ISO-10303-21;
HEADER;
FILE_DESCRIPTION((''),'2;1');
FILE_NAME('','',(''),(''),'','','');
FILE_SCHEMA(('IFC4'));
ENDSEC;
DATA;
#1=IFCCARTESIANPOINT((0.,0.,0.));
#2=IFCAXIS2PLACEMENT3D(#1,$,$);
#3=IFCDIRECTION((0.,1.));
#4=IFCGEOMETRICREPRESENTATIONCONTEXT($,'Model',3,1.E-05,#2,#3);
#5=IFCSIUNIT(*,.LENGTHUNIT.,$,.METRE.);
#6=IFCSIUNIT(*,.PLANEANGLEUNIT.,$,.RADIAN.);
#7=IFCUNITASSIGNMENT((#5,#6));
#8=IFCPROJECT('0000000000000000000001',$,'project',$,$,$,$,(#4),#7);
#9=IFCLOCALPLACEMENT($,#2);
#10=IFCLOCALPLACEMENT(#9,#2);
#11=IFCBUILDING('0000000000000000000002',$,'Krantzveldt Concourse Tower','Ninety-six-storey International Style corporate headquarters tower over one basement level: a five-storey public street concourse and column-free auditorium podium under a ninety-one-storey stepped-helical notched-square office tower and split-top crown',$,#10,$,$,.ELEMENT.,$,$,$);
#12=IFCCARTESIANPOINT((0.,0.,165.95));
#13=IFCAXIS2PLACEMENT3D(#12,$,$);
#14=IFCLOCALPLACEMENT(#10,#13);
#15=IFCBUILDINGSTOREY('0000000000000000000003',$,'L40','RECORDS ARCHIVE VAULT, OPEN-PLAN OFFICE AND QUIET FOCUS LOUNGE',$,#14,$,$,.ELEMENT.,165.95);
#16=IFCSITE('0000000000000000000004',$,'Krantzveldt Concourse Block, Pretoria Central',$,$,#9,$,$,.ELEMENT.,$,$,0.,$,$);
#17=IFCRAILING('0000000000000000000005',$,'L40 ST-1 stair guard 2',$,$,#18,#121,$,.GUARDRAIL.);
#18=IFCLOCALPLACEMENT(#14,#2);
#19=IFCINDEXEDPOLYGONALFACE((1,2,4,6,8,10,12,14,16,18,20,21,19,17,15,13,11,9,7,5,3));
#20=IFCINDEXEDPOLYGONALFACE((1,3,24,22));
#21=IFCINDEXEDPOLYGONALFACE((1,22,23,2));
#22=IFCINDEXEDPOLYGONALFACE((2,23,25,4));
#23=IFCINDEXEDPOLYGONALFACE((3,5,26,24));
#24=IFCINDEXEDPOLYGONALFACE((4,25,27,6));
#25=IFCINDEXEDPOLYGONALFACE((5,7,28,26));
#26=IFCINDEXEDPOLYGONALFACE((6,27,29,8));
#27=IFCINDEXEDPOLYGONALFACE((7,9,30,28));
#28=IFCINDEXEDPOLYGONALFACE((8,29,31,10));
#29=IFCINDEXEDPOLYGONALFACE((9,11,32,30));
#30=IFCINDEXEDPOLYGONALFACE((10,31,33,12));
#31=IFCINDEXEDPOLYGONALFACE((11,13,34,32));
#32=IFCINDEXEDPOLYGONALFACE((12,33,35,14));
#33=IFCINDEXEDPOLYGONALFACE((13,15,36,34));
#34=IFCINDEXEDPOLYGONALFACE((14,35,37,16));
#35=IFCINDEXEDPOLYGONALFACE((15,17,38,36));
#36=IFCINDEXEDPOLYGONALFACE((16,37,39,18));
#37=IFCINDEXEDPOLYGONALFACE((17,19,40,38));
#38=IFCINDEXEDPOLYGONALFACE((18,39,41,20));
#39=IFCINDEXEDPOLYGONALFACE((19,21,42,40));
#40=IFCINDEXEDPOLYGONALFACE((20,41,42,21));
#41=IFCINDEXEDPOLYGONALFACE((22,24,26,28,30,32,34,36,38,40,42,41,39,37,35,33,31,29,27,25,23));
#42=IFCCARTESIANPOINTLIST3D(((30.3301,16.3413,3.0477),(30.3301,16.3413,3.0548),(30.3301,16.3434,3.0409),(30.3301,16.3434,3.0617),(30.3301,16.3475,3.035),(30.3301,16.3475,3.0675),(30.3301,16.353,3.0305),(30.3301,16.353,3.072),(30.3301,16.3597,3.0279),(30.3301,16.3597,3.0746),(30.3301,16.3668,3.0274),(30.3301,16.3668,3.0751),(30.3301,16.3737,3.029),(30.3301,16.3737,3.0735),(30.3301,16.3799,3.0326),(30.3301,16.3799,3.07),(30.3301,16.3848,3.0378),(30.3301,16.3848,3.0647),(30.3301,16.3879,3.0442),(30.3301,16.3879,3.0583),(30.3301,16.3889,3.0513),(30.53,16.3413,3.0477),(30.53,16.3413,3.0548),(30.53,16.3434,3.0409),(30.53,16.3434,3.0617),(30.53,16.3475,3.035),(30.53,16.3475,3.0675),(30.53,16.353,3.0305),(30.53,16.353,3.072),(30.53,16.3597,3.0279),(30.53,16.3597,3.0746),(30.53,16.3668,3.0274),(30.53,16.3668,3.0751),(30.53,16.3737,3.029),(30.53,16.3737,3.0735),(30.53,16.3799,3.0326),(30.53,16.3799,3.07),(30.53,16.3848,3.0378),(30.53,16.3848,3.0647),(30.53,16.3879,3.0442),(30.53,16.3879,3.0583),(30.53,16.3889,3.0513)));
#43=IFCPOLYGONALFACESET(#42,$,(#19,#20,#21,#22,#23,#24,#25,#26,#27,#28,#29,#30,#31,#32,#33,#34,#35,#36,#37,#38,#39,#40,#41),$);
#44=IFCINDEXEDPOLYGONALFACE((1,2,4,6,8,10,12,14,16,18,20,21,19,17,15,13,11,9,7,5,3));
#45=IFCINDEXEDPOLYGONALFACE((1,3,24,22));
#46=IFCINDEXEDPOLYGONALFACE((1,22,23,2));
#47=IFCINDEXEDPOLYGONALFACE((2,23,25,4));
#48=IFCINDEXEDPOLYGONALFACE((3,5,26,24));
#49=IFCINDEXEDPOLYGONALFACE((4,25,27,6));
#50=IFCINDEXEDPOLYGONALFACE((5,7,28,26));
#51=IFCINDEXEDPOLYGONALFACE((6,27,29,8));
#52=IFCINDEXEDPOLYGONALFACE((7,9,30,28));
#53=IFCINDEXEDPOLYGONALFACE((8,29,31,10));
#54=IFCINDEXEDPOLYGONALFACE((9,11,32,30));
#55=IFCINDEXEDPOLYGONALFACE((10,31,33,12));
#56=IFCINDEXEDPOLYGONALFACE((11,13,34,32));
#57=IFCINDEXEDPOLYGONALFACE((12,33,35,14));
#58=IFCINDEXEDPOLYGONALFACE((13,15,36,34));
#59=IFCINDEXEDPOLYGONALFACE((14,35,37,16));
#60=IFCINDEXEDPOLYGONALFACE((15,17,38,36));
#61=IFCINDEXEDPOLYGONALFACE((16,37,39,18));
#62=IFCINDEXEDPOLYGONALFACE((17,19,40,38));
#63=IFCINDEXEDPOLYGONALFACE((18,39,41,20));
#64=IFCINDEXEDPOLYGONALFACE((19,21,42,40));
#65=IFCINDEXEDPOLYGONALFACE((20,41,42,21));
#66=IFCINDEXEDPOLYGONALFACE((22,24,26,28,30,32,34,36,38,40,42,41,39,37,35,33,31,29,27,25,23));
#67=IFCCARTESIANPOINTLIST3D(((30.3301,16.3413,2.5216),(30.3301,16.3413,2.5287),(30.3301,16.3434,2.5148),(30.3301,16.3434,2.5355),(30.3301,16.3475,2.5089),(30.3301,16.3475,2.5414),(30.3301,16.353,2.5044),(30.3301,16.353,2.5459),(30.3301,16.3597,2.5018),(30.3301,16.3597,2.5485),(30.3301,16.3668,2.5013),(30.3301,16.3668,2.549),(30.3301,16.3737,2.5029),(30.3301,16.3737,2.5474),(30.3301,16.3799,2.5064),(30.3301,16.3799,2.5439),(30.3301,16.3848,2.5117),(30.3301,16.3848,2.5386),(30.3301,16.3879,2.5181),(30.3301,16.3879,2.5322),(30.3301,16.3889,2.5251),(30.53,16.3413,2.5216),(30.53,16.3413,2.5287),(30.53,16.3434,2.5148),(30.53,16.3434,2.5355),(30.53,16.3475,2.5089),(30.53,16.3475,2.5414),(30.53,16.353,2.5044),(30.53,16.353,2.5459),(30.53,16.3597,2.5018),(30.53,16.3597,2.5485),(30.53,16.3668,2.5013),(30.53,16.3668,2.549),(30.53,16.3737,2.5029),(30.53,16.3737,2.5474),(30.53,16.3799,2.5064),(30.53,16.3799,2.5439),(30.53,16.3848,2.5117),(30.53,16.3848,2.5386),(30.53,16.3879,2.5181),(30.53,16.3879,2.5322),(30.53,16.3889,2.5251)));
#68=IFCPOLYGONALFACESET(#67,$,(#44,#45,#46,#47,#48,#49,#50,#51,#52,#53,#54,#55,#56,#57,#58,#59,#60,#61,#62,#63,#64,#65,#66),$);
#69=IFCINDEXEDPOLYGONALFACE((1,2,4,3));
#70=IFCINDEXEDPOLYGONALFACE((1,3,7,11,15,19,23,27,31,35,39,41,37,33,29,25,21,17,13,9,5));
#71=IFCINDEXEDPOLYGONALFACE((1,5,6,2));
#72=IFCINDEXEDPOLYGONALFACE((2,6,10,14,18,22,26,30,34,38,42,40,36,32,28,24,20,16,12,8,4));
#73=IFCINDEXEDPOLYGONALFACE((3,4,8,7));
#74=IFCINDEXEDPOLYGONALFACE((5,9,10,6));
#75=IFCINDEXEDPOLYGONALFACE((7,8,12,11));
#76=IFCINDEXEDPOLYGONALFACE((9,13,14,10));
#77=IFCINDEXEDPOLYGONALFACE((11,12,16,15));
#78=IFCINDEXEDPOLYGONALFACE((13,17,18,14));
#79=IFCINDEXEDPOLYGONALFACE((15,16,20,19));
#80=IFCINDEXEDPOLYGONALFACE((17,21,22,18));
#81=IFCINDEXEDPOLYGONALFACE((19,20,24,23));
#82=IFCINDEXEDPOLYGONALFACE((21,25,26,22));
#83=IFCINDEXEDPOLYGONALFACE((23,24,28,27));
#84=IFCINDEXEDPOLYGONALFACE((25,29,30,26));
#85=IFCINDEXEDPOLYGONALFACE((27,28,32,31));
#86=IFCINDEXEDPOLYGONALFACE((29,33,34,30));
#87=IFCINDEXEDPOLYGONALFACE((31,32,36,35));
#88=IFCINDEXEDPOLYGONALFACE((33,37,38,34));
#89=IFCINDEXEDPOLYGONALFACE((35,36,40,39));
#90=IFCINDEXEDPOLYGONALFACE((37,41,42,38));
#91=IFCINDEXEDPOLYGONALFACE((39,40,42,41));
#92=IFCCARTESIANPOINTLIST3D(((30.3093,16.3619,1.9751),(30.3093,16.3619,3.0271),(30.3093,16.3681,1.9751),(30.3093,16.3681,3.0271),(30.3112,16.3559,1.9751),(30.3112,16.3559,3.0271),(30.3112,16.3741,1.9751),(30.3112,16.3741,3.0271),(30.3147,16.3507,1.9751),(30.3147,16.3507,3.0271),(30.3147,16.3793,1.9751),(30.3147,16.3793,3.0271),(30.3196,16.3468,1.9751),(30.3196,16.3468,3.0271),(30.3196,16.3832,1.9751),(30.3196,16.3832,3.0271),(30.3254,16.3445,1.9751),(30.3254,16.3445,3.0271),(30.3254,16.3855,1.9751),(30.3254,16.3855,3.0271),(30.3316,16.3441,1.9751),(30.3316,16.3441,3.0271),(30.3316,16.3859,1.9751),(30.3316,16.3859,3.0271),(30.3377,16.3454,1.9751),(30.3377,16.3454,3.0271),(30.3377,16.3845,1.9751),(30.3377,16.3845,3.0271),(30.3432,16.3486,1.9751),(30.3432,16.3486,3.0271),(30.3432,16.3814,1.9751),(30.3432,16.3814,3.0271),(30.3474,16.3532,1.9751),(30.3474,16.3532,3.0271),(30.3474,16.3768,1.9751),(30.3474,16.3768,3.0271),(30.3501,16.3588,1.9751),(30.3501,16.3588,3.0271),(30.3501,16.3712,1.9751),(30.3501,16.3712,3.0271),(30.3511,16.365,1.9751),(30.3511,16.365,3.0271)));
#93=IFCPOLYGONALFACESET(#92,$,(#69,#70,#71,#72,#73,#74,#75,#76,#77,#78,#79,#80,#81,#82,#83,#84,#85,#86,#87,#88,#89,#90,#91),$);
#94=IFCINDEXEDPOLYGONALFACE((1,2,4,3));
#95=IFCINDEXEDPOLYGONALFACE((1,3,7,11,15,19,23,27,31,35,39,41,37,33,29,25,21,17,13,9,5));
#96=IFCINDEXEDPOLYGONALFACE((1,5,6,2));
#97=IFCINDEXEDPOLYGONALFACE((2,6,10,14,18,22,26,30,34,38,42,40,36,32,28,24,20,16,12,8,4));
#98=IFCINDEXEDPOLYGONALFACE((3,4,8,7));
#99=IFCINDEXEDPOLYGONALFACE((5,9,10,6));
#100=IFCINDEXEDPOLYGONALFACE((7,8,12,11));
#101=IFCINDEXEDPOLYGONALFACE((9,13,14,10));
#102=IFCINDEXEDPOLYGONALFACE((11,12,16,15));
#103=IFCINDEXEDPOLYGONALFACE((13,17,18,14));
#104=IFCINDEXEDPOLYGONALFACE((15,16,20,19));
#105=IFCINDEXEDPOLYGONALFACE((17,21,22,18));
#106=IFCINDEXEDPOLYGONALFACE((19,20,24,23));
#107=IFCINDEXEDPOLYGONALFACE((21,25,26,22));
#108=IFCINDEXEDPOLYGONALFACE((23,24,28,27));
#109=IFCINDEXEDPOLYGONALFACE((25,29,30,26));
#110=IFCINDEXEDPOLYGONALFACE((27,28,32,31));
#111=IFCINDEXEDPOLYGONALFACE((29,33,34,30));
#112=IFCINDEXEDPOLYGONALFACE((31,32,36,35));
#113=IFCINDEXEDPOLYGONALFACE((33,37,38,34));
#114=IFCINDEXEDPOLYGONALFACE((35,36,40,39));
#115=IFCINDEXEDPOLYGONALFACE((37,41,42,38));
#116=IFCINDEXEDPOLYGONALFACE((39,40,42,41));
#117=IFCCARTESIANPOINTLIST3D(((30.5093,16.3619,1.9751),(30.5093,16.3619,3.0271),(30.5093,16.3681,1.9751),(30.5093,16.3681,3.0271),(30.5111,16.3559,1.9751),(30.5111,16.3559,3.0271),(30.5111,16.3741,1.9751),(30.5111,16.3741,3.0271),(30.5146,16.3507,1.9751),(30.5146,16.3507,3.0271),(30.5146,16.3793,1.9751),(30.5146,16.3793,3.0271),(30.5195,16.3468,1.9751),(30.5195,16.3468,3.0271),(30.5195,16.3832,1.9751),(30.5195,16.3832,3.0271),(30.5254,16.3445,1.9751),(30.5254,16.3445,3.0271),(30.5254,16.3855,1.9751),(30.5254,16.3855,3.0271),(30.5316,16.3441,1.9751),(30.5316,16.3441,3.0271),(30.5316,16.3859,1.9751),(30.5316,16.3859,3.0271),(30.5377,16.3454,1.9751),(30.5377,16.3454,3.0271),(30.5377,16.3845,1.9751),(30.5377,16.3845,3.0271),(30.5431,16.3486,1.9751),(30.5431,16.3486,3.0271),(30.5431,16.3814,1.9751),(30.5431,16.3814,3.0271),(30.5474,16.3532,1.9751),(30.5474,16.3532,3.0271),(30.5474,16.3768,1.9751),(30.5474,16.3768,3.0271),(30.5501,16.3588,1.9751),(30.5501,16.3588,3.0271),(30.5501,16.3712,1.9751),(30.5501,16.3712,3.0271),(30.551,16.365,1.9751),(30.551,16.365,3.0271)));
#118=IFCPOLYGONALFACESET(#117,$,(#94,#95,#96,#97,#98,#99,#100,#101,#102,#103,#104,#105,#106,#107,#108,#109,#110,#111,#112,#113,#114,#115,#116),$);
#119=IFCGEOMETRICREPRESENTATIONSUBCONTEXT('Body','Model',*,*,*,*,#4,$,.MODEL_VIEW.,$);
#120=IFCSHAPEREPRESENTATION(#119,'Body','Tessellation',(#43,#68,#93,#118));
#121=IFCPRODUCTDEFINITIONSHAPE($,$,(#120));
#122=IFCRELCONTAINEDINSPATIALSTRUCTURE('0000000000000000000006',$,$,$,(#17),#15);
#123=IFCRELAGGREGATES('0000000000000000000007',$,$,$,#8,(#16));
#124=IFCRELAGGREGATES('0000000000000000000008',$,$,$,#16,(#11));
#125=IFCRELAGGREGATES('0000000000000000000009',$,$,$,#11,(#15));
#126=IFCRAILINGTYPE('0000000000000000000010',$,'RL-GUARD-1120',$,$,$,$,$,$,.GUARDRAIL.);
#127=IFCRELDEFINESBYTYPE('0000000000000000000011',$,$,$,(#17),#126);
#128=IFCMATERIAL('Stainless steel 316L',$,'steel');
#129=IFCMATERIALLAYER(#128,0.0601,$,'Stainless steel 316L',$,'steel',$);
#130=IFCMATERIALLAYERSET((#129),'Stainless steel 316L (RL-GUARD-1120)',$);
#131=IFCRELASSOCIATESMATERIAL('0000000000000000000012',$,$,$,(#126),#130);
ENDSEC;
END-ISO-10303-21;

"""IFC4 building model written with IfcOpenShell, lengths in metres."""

from ifc_helpers import new_model, si_unit, direction, frame, origin, origin_2d, place, context, subcontext, project, spatial, circle, extrude, material, layer, layer_set, type_object, element, save


model = new_model("IFC4")

# Units and contexts
model_context = context("Model", 3, precision=1e-05, world=origin(), true_north=direction((0.0, 1.0)))
body_context = subcontext(model_context, "Body", "Model", "MODEL_VIEW")
ifc_project = project(units=[si_unit("LENGTHUNIT", "METRE"), si_unit("PLANEANGLEUNIT", "RADIAN")], contexts=[model_context])

# Site, building, storey
site_placement = place(None, origin())
site = spatial("IfcSite", under=ifc_project, at=site_placement, Name="Krantzveldt Concourse Block, Pretoria Central", CompositionType="ELEMENT", RefElevation=0.0)
building_placement = place(site_placement, origin())
building = spatial("IfcBuilding", under=site, at=building_placement, Name="Krantzveldt Concourse Tower", Description="Ninety-six-storey International Style corporate headquarters tower over one basement level: a five-storey public street concourse and column-free auditorium podium under a ninety-one-storey stepped-helical notched-square office tower and split-top crown", CompositionType="ELEMENT")
storey_placement = place(building_placement, frame((0.0, 0.0, 165.95)))
storey = spatial("IfcBuildingStorey", under=building, at=storey_placement, Name="L40", Description="RECORDS ARCHIVE VAULT, OPEN-PLAN OFFICE AND QUIET FOCUS LOUNGE", CompositionType="ELEMENT", Elevation=165.95)

# Railing
ifc_material_1 = material(Name="Stainless steel 316L", Category="steel")
ifc_layer_1 = layer(ifc_material_1, 0.0601, Name="Stainless steel 316L", Category="steel")
ifc_layer_set_1 = layer_set([ifc_layer_1], Name="Stainless steel 316L (RL-GUARD-1120)")
railing_type_1 = type_object("IfcRailingType", Name="RL-GUARD-1120", PredefinedType="GUARDRAIL", material=ifc_layer_set_1)
railing_1_placement = place(storey_placement, frame((30.3301, 16.365, 1.9751)))
element("IfcRailing", 1, at=railing_1_placement, inside=storey, type_object=railing_type_1, Name="L40 ST-1 stair guard 2", PredefinedType="GUARDRAIL", context=body_context, shape_type="SweptSolid", body=[
    extrude(circle(Radius=0.0239, at=origin_2d()), frame((0.0, 0.0, 1.0762), z_axis=(1.0, 0.0, 0.0), x_axis=(0.0, 1.0, 0.0)), (0.0, 0.0, 1.0), 0.2),
    extrude(circle(Radius=0.0239, at=origin_2d()), frame((0.0, 0.0, 0.55), z_axis=(1.0, 0.0, 0.0), x_axis=(0.0, 1.0, 0.0)), (0.0, 0.0, 1.0), 0.2),
    extrude(circle(Radius=0.021, at=origin_2d()), origin(), (0.0, 0.0, 1.0), 1.052),
    extrude(circle(Radius=0.021, at=origin_2d()), frame((0.2, 0.0, 0.0)), (0.0, 0.0, 1.0), 1.052),
])

save(model, "model.ifc")
